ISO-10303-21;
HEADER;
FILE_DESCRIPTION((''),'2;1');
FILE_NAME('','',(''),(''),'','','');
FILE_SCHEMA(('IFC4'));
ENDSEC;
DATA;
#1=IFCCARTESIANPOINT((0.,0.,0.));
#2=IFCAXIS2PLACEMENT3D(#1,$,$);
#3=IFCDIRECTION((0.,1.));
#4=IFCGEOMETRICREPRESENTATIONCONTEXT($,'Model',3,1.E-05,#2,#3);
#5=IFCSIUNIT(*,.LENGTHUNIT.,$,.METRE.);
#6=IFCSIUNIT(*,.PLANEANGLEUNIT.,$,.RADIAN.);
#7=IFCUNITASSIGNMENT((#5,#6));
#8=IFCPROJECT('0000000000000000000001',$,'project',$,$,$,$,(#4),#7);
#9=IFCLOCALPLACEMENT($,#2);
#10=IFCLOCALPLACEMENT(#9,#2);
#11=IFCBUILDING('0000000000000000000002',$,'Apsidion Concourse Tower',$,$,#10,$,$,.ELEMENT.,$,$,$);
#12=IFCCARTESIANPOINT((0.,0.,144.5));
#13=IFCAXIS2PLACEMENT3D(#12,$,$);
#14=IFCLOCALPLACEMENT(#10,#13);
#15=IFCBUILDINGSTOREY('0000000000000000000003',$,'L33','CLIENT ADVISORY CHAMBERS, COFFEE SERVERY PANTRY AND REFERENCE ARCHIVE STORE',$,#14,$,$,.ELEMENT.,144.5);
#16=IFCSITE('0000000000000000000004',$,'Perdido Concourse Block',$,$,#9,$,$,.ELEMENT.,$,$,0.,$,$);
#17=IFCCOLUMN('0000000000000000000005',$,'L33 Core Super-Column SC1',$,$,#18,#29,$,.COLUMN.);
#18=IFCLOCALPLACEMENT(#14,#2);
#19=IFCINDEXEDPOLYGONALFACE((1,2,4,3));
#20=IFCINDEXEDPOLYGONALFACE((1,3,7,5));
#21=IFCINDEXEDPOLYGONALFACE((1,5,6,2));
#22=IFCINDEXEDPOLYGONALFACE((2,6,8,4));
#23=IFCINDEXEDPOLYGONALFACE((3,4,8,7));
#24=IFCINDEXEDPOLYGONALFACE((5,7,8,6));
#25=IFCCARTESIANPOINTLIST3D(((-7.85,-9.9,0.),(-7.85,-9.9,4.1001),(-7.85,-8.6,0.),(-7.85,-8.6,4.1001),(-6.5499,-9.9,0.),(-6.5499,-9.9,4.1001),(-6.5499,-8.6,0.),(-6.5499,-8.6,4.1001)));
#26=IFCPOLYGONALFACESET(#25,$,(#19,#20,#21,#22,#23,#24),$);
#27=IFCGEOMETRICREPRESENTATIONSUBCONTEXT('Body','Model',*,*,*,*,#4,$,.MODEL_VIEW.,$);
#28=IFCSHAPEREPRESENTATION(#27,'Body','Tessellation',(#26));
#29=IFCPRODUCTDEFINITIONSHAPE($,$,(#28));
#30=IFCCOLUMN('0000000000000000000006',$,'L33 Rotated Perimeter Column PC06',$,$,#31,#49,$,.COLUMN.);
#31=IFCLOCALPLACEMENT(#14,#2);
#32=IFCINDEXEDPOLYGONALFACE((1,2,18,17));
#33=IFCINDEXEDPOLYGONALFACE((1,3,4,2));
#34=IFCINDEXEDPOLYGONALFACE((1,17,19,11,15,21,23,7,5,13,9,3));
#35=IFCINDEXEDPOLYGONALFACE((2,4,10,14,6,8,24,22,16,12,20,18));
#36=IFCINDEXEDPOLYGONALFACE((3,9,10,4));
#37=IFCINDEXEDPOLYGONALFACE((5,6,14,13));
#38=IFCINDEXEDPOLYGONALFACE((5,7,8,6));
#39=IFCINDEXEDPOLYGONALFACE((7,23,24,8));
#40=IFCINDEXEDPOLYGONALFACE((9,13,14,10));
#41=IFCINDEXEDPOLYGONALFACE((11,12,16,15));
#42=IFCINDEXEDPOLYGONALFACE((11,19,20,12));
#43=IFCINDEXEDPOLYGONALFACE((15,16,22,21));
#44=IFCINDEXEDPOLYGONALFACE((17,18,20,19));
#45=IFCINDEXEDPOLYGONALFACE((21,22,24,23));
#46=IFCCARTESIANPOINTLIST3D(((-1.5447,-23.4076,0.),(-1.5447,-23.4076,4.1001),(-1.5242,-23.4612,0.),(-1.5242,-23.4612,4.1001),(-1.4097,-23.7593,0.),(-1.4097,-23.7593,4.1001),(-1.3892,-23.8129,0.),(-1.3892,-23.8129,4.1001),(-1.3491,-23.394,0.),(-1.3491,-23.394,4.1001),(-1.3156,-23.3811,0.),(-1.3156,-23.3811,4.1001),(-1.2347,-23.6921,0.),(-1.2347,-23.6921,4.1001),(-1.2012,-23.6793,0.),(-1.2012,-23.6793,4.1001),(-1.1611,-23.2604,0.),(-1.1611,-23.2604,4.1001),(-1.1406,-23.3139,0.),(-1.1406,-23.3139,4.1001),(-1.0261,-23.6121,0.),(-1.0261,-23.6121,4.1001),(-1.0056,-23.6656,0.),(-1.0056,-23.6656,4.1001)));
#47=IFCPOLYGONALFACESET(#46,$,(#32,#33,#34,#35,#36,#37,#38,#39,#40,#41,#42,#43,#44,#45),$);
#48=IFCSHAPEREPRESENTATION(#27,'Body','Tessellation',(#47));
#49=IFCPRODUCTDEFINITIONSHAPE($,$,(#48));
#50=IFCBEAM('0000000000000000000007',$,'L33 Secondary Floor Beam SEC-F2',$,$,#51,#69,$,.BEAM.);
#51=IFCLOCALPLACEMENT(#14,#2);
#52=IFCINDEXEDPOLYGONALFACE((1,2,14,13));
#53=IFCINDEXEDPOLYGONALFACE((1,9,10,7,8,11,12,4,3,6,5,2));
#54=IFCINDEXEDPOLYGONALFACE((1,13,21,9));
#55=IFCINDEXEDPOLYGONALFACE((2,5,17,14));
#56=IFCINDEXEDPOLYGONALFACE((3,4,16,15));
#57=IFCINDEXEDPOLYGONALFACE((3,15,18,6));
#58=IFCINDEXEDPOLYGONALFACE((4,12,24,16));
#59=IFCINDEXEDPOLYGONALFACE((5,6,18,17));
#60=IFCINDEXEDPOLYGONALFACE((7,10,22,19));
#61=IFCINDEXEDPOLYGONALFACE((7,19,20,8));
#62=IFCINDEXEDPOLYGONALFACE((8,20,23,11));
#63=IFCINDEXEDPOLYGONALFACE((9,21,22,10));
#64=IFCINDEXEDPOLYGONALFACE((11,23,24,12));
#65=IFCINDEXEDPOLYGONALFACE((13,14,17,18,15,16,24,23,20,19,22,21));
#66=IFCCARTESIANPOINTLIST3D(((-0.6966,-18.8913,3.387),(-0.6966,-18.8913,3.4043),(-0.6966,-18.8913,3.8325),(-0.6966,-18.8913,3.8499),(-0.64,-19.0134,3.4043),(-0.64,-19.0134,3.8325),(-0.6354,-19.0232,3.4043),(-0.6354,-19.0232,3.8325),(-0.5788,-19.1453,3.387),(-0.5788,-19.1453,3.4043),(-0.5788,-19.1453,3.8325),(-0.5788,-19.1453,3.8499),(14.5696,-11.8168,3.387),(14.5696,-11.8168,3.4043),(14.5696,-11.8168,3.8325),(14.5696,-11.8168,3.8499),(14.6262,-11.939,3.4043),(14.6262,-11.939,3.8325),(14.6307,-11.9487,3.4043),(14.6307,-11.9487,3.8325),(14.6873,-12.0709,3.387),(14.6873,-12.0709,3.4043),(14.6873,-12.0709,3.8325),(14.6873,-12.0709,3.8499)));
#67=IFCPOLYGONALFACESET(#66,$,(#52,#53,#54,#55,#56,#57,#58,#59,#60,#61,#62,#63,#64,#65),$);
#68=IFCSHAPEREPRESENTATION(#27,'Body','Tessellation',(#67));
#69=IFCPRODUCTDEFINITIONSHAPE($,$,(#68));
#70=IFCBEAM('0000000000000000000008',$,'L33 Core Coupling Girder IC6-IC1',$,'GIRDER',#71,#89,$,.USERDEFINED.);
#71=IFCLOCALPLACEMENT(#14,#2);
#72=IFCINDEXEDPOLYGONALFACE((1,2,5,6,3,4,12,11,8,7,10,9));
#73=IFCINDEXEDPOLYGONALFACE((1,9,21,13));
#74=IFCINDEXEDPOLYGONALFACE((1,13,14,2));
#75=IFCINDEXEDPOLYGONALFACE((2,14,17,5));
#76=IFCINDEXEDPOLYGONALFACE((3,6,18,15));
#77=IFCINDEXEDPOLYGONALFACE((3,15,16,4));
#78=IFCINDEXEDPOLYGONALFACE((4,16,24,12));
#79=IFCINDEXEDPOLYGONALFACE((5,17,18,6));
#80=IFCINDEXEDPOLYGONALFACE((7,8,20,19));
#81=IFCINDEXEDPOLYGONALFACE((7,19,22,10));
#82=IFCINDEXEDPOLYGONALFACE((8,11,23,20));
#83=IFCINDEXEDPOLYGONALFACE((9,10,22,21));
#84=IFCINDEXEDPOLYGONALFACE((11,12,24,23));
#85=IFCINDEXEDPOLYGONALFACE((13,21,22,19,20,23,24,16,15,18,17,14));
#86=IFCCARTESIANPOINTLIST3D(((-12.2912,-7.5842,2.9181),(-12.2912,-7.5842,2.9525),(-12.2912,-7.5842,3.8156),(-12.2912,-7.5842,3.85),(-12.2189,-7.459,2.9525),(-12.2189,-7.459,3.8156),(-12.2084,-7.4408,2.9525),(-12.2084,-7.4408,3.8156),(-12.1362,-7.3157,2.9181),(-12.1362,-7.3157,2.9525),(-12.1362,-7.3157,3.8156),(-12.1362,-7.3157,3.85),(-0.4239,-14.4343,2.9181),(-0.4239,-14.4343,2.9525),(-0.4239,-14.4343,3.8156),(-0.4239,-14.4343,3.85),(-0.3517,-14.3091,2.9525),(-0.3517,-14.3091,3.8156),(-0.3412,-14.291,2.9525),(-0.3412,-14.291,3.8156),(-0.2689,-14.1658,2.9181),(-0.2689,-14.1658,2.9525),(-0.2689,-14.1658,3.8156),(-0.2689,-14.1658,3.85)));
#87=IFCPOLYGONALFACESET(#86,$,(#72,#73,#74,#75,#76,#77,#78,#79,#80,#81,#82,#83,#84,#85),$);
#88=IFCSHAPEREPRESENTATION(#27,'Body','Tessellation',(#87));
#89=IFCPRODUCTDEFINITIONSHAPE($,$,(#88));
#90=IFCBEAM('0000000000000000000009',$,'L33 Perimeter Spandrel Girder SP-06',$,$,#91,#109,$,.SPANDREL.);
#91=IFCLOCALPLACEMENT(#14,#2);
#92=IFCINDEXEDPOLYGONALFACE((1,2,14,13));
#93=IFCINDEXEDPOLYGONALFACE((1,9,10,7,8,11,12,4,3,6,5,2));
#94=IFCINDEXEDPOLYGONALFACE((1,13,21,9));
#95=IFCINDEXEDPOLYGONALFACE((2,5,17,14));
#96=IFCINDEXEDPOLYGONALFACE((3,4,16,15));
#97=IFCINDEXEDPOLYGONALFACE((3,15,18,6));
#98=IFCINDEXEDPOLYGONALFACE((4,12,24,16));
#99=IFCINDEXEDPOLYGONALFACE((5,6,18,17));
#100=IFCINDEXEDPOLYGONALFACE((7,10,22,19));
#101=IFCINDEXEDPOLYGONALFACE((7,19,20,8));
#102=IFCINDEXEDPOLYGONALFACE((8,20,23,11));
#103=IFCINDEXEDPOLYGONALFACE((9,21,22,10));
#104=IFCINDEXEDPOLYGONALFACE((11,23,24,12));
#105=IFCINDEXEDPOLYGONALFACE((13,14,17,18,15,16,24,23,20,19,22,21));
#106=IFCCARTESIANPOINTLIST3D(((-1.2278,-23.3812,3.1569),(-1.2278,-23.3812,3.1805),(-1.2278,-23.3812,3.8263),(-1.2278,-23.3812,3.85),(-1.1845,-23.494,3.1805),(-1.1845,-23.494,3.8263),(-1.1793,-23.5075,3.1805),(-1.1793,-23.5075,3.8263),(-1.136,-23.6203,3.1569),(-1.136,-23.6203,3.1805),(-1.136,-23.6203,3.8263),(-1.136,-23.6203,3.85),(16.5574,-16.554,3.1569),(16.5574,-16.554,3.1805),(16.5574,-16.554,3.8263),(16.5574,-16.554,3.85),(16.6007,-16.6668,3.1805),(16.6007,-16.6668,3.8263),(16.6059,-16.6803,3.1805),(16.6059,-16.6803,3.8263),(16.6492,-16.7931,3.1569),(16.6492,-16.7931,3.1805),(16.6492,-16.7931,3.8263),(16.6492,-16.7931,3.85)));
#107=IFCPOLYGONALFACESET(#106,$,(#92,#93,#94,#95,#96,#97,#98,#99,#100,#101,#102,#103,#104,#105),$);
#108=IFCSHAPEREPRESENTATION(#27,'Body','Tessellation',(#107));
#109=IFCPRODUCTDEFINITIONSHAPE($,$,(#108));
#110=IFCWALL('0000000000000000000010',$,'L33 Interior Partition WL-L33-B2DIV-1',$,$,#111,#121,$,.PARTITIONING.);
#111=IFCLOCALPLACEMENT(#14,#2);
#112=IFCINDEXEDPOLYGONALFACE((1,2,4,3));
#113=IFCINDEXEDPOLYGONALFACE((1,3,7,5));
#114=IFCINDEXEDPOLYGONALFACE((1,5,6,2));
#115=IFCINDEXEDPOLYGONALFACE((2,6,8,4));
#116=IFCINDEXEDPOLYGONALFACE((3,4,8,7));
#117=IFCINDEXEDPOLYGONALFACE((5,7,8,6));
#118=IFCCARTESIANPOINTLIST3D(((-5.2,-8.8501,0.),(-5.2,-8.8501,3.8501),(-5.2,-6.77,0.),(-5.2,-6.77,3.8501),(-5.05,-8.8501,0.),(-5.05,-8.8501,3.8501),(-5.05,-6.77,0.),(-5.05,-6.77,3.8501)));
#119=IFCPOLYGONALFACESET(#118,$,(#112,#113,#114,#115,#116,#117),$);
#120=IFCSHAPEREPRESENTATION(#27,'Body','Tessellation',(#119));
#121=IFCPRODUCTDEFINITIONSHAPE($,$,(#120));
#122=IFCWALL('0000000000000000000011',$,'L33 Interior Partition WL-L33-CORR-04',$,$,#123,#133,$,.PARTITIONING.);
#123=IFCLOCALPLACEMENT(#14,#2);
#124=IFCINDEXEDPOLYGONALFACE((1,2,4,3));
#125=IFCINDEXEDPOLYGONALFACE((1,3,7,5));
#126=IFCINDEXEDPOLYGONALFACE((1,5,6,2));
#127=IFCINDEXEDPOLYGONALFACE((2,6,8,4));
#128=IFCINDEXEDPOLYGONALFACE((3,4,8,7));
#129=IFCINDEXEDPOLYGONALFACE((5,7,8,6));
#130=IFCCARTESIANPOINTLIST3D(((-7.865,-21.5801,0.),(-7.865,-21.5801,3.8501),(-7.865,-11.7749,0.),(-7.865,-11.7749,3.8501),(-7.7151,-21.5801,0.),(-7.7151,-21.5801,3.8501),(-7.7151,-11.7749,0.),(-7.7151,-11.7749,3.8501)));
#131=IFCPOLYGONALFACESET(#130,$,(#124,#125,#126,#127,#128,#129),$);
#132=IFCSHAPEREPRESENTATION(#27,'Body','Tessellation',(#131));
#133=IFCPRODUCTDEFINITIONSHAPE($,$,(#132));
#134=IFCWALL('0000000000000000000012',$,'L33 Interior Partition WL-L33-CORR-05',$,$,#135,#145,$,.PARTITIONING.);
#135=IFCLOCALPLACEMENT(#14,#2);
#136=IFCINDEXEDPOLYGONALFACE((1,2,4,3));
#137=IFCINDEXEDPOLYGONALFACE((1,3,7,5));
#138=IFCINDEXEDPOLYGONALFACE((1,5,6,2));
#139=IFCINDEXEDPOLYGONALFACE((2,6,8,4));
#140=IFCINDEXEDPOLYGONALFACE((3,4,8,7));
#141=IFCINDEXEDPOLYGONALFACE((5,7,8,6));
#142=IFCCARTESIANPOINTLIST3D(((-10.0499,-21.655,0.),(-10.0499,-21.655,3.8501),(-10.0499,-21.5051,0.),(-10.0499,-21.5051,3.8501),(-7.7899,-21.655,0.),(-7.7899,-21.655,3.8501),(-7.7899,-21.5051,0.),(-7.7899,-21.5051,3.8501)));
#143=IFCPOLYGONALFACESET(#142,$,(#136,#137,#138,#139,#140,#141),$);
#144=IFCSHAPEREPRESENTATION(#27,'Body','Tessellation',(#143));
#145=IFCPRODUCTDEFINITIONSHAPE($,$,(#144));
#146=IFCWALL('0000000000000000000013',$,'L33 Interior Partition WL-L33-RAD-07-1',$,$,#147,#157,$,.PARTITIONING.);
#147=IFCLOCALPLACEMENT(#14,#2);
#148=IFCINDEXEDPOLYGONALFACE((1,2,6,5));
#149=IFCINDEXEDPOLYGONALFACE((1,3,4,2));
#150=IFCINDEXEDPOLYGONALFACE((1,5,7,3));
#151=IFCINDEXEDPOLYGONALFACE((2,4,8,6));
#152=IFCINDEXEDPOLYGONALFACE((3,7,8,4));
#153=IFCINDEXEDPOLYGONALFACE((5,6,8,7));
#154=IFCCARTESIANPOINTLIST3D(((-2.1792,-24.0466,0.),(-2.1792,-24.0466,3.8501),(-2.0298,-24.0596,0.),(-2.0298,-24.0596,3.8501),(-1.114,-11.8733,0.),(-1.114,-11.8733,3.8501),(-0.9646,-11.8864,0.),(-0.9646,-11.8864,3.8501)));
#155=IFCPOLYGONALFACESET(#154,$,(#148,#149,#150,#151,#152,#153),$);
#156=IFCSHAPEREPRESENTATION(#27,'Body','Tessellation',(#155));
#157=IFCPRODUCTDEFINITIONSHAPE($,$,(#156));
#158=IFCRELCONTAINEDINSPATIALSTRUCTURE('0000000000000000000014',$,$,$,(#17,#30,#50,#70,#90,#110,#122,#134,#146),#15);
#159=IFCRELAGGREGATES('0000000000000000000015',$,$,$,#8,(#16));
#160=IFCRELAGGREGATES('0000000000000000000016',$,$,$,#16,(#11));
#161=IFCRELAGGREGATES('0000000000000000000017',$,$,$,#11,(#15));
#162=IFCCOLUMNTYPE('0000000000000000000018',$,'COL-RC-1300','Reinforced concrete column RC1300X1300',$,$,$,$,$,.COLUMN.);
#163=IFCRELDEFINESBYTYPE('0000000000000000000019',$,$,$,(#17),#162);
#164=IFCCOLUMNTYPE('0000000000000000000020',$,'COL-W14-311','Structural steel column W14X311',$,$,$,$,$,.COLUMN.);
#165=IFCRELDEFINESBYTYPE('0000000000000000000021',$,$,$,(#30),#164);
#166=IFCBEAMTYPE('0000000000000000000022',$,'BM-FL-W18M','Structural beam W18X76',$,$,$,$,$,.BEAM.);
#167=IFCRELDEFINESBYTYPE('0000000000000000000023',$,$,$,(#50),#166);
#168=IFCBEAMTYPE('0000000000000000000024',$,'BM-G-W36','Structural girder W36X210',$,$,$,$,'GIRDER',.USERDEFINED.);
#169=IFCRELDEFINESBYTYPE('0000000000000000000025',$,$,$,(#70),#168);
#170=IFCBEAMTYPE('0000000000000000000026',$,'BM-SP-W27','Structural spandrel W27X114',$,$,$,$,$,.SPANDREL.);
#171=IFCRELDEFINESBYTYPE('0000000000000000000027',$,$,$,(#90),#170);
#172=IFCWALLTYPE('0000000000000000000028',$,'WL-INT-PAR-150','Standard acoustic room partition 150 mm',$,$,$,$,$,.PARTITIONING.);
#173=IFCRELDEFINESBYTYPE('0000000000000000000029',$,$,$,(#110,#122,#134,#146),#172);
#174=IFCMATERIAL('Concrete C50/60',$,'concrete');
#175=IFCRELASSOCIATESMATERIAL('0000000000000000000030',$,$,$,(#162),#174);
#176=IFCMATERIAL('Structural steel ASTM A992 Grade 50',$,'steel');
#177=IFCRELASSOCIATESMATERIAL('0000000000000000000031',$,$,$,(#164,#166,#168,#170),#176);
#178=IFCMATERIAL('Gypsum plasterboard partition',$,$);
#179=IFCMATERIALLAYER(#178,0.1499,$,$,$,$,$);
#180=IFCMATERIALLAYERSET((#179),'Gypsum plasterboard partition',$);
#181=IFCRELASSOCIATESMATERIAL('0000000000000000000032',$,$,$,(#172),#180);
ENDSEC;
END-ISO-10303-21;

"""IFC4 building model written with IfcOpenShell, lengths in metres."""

from ifc_helpers import new_model, si_unit, direction, frame, frame_2d, origin, origin_2d, place, context, subcontext, project, spatial, rectangle, i_section, extrude, material, layer, layer_set, material_profile, profile_set, type_object, element, save


model = new_model("IFC4")

# Units and contexts
model_context = context("Model", 3, precision=1e-05, world=origin(), true_north=direction((0.0, 1.0)))
body_context = subcontext(model_context, "Body", "Model", "MODEL_VIEW")
ifc_project = project(units=[si_unit("LENGTHUNIT", "METRE"), si_unit("PLANEANGLEUNIT", "RADIAN")], contexts=[model_context])

# Site, building, storey
site_placement = place(None, origin())
site = spatial("IfcSite", under=ifc_project, at=site_placement, Name="Perdido Concourse Block", CompositionType="ELEMENT", RefElevation=0.0)
building_placement = place(site_placement, origin())
building = spatial("IfcBuilding", under=site, at=building_placement, Name="Apsidion Concourse Tower", CompositionType="ELEMENT")
storey_placement = place(building_placement, frame((0.0, 0.0, 144.5)))
storey = spatial("IfcBuildingStorey", under=building, at=storey_placement, Name="L33", Description="CLIENT ADVISORY CHAMBERS, COFFEE SERVERY PANTRY AND REFERENCE ARCHIVE STORE", CompositionType="ELEMENT", Elevation=144.5)

# Columns
ifc_material_1 = material(Name="Concrete C50/60", Category="concrete")
ifc_material_profile_1 = material_profile(ifc_material_1, rectangle(XDim=1.3, YDim=1.3, at=origin_2d()), Name="RC 1300x1300")
ifc_profile_set_1 = profile_set([ifc_material_profile_1], Name="Concrete C50/60")
column_type_1 = type_object("IfcColumnType", Name="COL-RC-1300", Description="Reinforced concrete column RC1300X1300", PredefinedType="COLUMN", material=ifc_profile_set_1)
column_1_placement = place(storey_placement, frame((-7.2, -9.25, 0.0), z_axis=(0.0, 0.0, 1.0), x_axis=(1.0, 0.0, 0.0)))
element("IfcColumn", 1, at=column_1_placement, inside=storey, type_object=column_type_1, Name="L33 Core Super-Column SC1", PredefinedType="COLUMN", context=body_context, shape_type="SweptSolid", body=[
    extrude(rectangle(XDim=1.3, YDim=1.3, at=origin_2d()), origin(), (0.0, 0.0, 1.0), 4.1001),
])
ifc_material_2 = material(Name="Structural steel ASTM A992 Grade 50", Category="steel")
ifc_material_profile_2 = material_profile(ifc_material_2, i_section(OverallWidth=0.4109, OverallDepth=0.4341, WebThickness=0.0359, FlangeThickness=0.0574, at=origin_2d()), Name="W14X311")
ifc_profile_set_2 = profile_set([ifc_material_profile_2], Name="Structural steel ASTM A992 Grade 50")
column_type_2 = type_object("IfcColumnType", Name="COL-W14-311", Description="Structural steel column W14X311", PredefinedType="COLUMN", material=ifc_profile_set_2)
column_2_placement = place(storey_placement, frame((-1.2751, -23.5366, 0.0), z_axis=(0.0, 0.0, 1.0), x_axis=(0.93358, 0.358368, 0.0)))
element("IfcColumn", 2, at=column_2_placement, inside=storey, type_object=column_type_2, Name="L33 Rotated Perimeter Column PC06", PredefinedType="COLUMN", context=body_context, shape_type="SweptSolid", body=[
    extrude(i_section(OverallWidth=0.4109, OverallDepth=0.4341, WebThickness=0.0359, FlangeThickness=0.0574, at=origin_2d()), origin(), (0.0, 0.0, 1.0), 4.1001),
])

# Beams
ifc_material_profile_3 = material_profile(ifc_material_2, i_section(OverallWidth=0.28, OverallDepth=0.4629, WebThickness=0.0107, FlangeThickness=0.0173, at=origin_2d()), Name="W18X76")
ifc_profile_set_3 = profile_set([ifc_material_profile_3], Name="Structural steel ASTM A992 Grade 50")
beam_type_1 = type_object("IfcBeamType", Name="BM-FL-W18M", Description="Structural beam W18X76", PredefinedType="BEAM", material=ifc_profile_set_3)
beam_1_placement = place(storey_placement, frame((-0.6377, -19.0183, 3.6184), z_axis=(0.907312, 0.420457, 0.0), x_axis=(-0.420457, 0.907312, 0.0)))
element("IfcBeam", 3, at=beam_1_placement, inside=storey, type_object=beam_type_1, Name="L33 Secondary Floor Beam SEC-F2", PredefinedType="BEAM", context=body_context, shape_type="SweptSolid", body=[
    extrude(i_section(OverallWidth=0.28, OverallDepth=0.4629, WebThickness=0.0107, FlangeThickness=0.0173, at=origin_2d()), origin(), (0.0, 0.0, 1.0), 16.8257),
])
ifc_material_profile_4 = material_profile(ifc_material_2, i_section(OverallWidth=0.3101, OverallDepth=0.9319, WebThickness=0.021, FlangeThickness=0.0344, at=origin_2d()), Name="W36X210")
ifc_profile_set_4 = profile_set([ifc_material_profile_4], Name="Structural steel ASTM A992 Grade 50")
beam_type_2 = type_object("IfcBeamType", Name="BM-G-W36", Description="Structural girder W36X210", ElementType="GIRDER", PredefinedType="USERDEFINED", material=ifc_profile_set_4)
beam_2_placement = place(storey_placement, frame((-0.3464, -14.3, 3.384), z_axis=(-0.86607, 0.499922, 0.0), x_axis=(-0.499922, -0.86607, 0.0)))
element("IfcBeam", 4, at=beam_2_placement, inside=storey, type_object=beam_type_2, Name="L33 Core Coupling Girder IC6-IC1", ObjectType="GIRDER", PredefinedType="USERDEFINED", context=body_context, shape_type="SweptSolid", body=[
    extrude(i_section(OverallWidth=0.3101, OverallDepth=0.9319, WebThickness=0.021, FlangeThickness=0.0344, at=origin_2d()), origin(), (0.0, 0.0, 1.0), 13.7024),
])
ifc_material_profile_5 = material_profile(ifc_material_2, i_section(OverallWidth=0.2561, OverallDepth=0.6931, WebThickness=0.0144, FlangeThickness=0.0237, at=origin_2d()), Name="W27X114")
ifc_profile_set_5 = profile_set([ifc_material_profile_5], Name="Structural steel ASTM A992 Grade 50")
beam_type_3 = type_object("IfcBeamType", Name="BM-SP-W27", Description="Structural spandrel W27X114", PredefinedType="SPANDREL", material=ifc_profile_set_5)
beam_3_placement = place(storey_placement, frame((-1.1819, -23.5007, 3.5034), z_axis=(0.933579, 0.358371, 0.0), x_axis=(-0.358371, 0.933579, 0.0)))
element("IfcBeam", 5, at=beam_3_placement, inside=storey, type_object=beam_type_3, Name="L33 Perimeter Spandrel Girder SP-06", PredefinedType="SPANDREL", context=body_context, shape_type="SweptSolid", body=[
    extrude(i_section(OverallWidth=0.2561, OverallDepth=0.6931, WebThickness=0.0144, FlangeThickness=0.0237, at=origin_2d()), origin(), (0.0, 0.0, 1.0), 19.0505),
])

# Walls
ifc_material_3 = material(Name="Gypsum plasterboard partition")
ifc_layer_1 = layer(ifc_material_3, 0.1499)
ifc_layer_set_1 = layer_set([ifc_layer_1], Name="Gypsum plasterboard partition")
wall_type_1 = type_object("IfcWallType", Name="WL-INT-PAR-150", Description="Standard acoustic room partition 150 mm", PredefinedType="PARTITIONING", material=ifc_layer_set_1)
wall_1_placement = place(storey_placement, frame((-5.125, -8.8501, 0.0), z_axis=(0.0, 0.0, 1.0), x_axis=(0.0, 1.0, 0.0)))
element("IfcWall", 6, at=wall_1_placement, inside=storey, type_object=wall_type_1, Name="L33 Interior Partition WL-L33-B2DIV-1", PredefinedType="PARTITIONING", context=body_context, shape_type="SweptSolid", body=[
    extrude(rectangle(XDim=2.0801, YDim=0.1499, at=frame_2d((1.04, 0.0))), origin(), (0.0, 0.0, 1.0), 3.8501),
])
wall_2_placement = place(storey_placement, frame((-7.79, -11.7749, 0.0), z_axis=(0.0, 0.0, 1.0), x_axis=(0.0, -1.0, 0.0)))
element("IfcWall", 7, at=wall_2_placement, inside=storey, type_object=wall_type_1, Name="L33 Interior Partition WL-L33-CORR-04", PredefinedType="PARTITIONING", context=body_context, shape_type="SweptSolid", body=[
    extrude(rectangle(XDim=9.8052, YDim=0.1499, at=frame_2d((4.9026, 0.0))), origin(), (0.0, 0.0, 1.0), 3.8501),
])
wall_3_placement = place(storey_placement, frame((-7.79, -21.5801, 0.0), z_axis=(0.0, 0.0, 1.0), x_axis=(-1.0, 0.0, 0.0)))
element("IfcWall", 8, at=wall_3_placement, inside=storey, type_object=wall_type_1, Name="L33 Interior Partition WL-L33-CORR-05", PredefinedType="PARTITIONING", context=body_context, shape_type="SweptSolid", body=[
    extrude(rectangle(XDim=2.26, YDim=0.1499, at=frame_2d((1.1299, 0.0))), origin(), (0.0, 0.0, 1.0), 3.8501),
])
wall_4_placement = place(storey_placement, frame((-1.0393, -11.8799, 0.0), z_axis=(0.0, 0.0, 1.0), x_axis=(-0.08717, -0.996193, 0.0)))
element("IfcWall", 9, at=wall_4_placement, inside=storey, type_object=wall_type_1, Name="L33 Interior Partition WL-L33-RAD-07-1", PredefinedType="PARTITIONING", context=body_context, shape_type="SweptSolid", body=[
    extrude(rectangle(XDim=12.2197, YDim=0.1499, at=frame_2d((6.1099, 0.0))), origin(), (0.0, 0.0, 1.0), 3.8501),
])

save(model, "model.ifc")
